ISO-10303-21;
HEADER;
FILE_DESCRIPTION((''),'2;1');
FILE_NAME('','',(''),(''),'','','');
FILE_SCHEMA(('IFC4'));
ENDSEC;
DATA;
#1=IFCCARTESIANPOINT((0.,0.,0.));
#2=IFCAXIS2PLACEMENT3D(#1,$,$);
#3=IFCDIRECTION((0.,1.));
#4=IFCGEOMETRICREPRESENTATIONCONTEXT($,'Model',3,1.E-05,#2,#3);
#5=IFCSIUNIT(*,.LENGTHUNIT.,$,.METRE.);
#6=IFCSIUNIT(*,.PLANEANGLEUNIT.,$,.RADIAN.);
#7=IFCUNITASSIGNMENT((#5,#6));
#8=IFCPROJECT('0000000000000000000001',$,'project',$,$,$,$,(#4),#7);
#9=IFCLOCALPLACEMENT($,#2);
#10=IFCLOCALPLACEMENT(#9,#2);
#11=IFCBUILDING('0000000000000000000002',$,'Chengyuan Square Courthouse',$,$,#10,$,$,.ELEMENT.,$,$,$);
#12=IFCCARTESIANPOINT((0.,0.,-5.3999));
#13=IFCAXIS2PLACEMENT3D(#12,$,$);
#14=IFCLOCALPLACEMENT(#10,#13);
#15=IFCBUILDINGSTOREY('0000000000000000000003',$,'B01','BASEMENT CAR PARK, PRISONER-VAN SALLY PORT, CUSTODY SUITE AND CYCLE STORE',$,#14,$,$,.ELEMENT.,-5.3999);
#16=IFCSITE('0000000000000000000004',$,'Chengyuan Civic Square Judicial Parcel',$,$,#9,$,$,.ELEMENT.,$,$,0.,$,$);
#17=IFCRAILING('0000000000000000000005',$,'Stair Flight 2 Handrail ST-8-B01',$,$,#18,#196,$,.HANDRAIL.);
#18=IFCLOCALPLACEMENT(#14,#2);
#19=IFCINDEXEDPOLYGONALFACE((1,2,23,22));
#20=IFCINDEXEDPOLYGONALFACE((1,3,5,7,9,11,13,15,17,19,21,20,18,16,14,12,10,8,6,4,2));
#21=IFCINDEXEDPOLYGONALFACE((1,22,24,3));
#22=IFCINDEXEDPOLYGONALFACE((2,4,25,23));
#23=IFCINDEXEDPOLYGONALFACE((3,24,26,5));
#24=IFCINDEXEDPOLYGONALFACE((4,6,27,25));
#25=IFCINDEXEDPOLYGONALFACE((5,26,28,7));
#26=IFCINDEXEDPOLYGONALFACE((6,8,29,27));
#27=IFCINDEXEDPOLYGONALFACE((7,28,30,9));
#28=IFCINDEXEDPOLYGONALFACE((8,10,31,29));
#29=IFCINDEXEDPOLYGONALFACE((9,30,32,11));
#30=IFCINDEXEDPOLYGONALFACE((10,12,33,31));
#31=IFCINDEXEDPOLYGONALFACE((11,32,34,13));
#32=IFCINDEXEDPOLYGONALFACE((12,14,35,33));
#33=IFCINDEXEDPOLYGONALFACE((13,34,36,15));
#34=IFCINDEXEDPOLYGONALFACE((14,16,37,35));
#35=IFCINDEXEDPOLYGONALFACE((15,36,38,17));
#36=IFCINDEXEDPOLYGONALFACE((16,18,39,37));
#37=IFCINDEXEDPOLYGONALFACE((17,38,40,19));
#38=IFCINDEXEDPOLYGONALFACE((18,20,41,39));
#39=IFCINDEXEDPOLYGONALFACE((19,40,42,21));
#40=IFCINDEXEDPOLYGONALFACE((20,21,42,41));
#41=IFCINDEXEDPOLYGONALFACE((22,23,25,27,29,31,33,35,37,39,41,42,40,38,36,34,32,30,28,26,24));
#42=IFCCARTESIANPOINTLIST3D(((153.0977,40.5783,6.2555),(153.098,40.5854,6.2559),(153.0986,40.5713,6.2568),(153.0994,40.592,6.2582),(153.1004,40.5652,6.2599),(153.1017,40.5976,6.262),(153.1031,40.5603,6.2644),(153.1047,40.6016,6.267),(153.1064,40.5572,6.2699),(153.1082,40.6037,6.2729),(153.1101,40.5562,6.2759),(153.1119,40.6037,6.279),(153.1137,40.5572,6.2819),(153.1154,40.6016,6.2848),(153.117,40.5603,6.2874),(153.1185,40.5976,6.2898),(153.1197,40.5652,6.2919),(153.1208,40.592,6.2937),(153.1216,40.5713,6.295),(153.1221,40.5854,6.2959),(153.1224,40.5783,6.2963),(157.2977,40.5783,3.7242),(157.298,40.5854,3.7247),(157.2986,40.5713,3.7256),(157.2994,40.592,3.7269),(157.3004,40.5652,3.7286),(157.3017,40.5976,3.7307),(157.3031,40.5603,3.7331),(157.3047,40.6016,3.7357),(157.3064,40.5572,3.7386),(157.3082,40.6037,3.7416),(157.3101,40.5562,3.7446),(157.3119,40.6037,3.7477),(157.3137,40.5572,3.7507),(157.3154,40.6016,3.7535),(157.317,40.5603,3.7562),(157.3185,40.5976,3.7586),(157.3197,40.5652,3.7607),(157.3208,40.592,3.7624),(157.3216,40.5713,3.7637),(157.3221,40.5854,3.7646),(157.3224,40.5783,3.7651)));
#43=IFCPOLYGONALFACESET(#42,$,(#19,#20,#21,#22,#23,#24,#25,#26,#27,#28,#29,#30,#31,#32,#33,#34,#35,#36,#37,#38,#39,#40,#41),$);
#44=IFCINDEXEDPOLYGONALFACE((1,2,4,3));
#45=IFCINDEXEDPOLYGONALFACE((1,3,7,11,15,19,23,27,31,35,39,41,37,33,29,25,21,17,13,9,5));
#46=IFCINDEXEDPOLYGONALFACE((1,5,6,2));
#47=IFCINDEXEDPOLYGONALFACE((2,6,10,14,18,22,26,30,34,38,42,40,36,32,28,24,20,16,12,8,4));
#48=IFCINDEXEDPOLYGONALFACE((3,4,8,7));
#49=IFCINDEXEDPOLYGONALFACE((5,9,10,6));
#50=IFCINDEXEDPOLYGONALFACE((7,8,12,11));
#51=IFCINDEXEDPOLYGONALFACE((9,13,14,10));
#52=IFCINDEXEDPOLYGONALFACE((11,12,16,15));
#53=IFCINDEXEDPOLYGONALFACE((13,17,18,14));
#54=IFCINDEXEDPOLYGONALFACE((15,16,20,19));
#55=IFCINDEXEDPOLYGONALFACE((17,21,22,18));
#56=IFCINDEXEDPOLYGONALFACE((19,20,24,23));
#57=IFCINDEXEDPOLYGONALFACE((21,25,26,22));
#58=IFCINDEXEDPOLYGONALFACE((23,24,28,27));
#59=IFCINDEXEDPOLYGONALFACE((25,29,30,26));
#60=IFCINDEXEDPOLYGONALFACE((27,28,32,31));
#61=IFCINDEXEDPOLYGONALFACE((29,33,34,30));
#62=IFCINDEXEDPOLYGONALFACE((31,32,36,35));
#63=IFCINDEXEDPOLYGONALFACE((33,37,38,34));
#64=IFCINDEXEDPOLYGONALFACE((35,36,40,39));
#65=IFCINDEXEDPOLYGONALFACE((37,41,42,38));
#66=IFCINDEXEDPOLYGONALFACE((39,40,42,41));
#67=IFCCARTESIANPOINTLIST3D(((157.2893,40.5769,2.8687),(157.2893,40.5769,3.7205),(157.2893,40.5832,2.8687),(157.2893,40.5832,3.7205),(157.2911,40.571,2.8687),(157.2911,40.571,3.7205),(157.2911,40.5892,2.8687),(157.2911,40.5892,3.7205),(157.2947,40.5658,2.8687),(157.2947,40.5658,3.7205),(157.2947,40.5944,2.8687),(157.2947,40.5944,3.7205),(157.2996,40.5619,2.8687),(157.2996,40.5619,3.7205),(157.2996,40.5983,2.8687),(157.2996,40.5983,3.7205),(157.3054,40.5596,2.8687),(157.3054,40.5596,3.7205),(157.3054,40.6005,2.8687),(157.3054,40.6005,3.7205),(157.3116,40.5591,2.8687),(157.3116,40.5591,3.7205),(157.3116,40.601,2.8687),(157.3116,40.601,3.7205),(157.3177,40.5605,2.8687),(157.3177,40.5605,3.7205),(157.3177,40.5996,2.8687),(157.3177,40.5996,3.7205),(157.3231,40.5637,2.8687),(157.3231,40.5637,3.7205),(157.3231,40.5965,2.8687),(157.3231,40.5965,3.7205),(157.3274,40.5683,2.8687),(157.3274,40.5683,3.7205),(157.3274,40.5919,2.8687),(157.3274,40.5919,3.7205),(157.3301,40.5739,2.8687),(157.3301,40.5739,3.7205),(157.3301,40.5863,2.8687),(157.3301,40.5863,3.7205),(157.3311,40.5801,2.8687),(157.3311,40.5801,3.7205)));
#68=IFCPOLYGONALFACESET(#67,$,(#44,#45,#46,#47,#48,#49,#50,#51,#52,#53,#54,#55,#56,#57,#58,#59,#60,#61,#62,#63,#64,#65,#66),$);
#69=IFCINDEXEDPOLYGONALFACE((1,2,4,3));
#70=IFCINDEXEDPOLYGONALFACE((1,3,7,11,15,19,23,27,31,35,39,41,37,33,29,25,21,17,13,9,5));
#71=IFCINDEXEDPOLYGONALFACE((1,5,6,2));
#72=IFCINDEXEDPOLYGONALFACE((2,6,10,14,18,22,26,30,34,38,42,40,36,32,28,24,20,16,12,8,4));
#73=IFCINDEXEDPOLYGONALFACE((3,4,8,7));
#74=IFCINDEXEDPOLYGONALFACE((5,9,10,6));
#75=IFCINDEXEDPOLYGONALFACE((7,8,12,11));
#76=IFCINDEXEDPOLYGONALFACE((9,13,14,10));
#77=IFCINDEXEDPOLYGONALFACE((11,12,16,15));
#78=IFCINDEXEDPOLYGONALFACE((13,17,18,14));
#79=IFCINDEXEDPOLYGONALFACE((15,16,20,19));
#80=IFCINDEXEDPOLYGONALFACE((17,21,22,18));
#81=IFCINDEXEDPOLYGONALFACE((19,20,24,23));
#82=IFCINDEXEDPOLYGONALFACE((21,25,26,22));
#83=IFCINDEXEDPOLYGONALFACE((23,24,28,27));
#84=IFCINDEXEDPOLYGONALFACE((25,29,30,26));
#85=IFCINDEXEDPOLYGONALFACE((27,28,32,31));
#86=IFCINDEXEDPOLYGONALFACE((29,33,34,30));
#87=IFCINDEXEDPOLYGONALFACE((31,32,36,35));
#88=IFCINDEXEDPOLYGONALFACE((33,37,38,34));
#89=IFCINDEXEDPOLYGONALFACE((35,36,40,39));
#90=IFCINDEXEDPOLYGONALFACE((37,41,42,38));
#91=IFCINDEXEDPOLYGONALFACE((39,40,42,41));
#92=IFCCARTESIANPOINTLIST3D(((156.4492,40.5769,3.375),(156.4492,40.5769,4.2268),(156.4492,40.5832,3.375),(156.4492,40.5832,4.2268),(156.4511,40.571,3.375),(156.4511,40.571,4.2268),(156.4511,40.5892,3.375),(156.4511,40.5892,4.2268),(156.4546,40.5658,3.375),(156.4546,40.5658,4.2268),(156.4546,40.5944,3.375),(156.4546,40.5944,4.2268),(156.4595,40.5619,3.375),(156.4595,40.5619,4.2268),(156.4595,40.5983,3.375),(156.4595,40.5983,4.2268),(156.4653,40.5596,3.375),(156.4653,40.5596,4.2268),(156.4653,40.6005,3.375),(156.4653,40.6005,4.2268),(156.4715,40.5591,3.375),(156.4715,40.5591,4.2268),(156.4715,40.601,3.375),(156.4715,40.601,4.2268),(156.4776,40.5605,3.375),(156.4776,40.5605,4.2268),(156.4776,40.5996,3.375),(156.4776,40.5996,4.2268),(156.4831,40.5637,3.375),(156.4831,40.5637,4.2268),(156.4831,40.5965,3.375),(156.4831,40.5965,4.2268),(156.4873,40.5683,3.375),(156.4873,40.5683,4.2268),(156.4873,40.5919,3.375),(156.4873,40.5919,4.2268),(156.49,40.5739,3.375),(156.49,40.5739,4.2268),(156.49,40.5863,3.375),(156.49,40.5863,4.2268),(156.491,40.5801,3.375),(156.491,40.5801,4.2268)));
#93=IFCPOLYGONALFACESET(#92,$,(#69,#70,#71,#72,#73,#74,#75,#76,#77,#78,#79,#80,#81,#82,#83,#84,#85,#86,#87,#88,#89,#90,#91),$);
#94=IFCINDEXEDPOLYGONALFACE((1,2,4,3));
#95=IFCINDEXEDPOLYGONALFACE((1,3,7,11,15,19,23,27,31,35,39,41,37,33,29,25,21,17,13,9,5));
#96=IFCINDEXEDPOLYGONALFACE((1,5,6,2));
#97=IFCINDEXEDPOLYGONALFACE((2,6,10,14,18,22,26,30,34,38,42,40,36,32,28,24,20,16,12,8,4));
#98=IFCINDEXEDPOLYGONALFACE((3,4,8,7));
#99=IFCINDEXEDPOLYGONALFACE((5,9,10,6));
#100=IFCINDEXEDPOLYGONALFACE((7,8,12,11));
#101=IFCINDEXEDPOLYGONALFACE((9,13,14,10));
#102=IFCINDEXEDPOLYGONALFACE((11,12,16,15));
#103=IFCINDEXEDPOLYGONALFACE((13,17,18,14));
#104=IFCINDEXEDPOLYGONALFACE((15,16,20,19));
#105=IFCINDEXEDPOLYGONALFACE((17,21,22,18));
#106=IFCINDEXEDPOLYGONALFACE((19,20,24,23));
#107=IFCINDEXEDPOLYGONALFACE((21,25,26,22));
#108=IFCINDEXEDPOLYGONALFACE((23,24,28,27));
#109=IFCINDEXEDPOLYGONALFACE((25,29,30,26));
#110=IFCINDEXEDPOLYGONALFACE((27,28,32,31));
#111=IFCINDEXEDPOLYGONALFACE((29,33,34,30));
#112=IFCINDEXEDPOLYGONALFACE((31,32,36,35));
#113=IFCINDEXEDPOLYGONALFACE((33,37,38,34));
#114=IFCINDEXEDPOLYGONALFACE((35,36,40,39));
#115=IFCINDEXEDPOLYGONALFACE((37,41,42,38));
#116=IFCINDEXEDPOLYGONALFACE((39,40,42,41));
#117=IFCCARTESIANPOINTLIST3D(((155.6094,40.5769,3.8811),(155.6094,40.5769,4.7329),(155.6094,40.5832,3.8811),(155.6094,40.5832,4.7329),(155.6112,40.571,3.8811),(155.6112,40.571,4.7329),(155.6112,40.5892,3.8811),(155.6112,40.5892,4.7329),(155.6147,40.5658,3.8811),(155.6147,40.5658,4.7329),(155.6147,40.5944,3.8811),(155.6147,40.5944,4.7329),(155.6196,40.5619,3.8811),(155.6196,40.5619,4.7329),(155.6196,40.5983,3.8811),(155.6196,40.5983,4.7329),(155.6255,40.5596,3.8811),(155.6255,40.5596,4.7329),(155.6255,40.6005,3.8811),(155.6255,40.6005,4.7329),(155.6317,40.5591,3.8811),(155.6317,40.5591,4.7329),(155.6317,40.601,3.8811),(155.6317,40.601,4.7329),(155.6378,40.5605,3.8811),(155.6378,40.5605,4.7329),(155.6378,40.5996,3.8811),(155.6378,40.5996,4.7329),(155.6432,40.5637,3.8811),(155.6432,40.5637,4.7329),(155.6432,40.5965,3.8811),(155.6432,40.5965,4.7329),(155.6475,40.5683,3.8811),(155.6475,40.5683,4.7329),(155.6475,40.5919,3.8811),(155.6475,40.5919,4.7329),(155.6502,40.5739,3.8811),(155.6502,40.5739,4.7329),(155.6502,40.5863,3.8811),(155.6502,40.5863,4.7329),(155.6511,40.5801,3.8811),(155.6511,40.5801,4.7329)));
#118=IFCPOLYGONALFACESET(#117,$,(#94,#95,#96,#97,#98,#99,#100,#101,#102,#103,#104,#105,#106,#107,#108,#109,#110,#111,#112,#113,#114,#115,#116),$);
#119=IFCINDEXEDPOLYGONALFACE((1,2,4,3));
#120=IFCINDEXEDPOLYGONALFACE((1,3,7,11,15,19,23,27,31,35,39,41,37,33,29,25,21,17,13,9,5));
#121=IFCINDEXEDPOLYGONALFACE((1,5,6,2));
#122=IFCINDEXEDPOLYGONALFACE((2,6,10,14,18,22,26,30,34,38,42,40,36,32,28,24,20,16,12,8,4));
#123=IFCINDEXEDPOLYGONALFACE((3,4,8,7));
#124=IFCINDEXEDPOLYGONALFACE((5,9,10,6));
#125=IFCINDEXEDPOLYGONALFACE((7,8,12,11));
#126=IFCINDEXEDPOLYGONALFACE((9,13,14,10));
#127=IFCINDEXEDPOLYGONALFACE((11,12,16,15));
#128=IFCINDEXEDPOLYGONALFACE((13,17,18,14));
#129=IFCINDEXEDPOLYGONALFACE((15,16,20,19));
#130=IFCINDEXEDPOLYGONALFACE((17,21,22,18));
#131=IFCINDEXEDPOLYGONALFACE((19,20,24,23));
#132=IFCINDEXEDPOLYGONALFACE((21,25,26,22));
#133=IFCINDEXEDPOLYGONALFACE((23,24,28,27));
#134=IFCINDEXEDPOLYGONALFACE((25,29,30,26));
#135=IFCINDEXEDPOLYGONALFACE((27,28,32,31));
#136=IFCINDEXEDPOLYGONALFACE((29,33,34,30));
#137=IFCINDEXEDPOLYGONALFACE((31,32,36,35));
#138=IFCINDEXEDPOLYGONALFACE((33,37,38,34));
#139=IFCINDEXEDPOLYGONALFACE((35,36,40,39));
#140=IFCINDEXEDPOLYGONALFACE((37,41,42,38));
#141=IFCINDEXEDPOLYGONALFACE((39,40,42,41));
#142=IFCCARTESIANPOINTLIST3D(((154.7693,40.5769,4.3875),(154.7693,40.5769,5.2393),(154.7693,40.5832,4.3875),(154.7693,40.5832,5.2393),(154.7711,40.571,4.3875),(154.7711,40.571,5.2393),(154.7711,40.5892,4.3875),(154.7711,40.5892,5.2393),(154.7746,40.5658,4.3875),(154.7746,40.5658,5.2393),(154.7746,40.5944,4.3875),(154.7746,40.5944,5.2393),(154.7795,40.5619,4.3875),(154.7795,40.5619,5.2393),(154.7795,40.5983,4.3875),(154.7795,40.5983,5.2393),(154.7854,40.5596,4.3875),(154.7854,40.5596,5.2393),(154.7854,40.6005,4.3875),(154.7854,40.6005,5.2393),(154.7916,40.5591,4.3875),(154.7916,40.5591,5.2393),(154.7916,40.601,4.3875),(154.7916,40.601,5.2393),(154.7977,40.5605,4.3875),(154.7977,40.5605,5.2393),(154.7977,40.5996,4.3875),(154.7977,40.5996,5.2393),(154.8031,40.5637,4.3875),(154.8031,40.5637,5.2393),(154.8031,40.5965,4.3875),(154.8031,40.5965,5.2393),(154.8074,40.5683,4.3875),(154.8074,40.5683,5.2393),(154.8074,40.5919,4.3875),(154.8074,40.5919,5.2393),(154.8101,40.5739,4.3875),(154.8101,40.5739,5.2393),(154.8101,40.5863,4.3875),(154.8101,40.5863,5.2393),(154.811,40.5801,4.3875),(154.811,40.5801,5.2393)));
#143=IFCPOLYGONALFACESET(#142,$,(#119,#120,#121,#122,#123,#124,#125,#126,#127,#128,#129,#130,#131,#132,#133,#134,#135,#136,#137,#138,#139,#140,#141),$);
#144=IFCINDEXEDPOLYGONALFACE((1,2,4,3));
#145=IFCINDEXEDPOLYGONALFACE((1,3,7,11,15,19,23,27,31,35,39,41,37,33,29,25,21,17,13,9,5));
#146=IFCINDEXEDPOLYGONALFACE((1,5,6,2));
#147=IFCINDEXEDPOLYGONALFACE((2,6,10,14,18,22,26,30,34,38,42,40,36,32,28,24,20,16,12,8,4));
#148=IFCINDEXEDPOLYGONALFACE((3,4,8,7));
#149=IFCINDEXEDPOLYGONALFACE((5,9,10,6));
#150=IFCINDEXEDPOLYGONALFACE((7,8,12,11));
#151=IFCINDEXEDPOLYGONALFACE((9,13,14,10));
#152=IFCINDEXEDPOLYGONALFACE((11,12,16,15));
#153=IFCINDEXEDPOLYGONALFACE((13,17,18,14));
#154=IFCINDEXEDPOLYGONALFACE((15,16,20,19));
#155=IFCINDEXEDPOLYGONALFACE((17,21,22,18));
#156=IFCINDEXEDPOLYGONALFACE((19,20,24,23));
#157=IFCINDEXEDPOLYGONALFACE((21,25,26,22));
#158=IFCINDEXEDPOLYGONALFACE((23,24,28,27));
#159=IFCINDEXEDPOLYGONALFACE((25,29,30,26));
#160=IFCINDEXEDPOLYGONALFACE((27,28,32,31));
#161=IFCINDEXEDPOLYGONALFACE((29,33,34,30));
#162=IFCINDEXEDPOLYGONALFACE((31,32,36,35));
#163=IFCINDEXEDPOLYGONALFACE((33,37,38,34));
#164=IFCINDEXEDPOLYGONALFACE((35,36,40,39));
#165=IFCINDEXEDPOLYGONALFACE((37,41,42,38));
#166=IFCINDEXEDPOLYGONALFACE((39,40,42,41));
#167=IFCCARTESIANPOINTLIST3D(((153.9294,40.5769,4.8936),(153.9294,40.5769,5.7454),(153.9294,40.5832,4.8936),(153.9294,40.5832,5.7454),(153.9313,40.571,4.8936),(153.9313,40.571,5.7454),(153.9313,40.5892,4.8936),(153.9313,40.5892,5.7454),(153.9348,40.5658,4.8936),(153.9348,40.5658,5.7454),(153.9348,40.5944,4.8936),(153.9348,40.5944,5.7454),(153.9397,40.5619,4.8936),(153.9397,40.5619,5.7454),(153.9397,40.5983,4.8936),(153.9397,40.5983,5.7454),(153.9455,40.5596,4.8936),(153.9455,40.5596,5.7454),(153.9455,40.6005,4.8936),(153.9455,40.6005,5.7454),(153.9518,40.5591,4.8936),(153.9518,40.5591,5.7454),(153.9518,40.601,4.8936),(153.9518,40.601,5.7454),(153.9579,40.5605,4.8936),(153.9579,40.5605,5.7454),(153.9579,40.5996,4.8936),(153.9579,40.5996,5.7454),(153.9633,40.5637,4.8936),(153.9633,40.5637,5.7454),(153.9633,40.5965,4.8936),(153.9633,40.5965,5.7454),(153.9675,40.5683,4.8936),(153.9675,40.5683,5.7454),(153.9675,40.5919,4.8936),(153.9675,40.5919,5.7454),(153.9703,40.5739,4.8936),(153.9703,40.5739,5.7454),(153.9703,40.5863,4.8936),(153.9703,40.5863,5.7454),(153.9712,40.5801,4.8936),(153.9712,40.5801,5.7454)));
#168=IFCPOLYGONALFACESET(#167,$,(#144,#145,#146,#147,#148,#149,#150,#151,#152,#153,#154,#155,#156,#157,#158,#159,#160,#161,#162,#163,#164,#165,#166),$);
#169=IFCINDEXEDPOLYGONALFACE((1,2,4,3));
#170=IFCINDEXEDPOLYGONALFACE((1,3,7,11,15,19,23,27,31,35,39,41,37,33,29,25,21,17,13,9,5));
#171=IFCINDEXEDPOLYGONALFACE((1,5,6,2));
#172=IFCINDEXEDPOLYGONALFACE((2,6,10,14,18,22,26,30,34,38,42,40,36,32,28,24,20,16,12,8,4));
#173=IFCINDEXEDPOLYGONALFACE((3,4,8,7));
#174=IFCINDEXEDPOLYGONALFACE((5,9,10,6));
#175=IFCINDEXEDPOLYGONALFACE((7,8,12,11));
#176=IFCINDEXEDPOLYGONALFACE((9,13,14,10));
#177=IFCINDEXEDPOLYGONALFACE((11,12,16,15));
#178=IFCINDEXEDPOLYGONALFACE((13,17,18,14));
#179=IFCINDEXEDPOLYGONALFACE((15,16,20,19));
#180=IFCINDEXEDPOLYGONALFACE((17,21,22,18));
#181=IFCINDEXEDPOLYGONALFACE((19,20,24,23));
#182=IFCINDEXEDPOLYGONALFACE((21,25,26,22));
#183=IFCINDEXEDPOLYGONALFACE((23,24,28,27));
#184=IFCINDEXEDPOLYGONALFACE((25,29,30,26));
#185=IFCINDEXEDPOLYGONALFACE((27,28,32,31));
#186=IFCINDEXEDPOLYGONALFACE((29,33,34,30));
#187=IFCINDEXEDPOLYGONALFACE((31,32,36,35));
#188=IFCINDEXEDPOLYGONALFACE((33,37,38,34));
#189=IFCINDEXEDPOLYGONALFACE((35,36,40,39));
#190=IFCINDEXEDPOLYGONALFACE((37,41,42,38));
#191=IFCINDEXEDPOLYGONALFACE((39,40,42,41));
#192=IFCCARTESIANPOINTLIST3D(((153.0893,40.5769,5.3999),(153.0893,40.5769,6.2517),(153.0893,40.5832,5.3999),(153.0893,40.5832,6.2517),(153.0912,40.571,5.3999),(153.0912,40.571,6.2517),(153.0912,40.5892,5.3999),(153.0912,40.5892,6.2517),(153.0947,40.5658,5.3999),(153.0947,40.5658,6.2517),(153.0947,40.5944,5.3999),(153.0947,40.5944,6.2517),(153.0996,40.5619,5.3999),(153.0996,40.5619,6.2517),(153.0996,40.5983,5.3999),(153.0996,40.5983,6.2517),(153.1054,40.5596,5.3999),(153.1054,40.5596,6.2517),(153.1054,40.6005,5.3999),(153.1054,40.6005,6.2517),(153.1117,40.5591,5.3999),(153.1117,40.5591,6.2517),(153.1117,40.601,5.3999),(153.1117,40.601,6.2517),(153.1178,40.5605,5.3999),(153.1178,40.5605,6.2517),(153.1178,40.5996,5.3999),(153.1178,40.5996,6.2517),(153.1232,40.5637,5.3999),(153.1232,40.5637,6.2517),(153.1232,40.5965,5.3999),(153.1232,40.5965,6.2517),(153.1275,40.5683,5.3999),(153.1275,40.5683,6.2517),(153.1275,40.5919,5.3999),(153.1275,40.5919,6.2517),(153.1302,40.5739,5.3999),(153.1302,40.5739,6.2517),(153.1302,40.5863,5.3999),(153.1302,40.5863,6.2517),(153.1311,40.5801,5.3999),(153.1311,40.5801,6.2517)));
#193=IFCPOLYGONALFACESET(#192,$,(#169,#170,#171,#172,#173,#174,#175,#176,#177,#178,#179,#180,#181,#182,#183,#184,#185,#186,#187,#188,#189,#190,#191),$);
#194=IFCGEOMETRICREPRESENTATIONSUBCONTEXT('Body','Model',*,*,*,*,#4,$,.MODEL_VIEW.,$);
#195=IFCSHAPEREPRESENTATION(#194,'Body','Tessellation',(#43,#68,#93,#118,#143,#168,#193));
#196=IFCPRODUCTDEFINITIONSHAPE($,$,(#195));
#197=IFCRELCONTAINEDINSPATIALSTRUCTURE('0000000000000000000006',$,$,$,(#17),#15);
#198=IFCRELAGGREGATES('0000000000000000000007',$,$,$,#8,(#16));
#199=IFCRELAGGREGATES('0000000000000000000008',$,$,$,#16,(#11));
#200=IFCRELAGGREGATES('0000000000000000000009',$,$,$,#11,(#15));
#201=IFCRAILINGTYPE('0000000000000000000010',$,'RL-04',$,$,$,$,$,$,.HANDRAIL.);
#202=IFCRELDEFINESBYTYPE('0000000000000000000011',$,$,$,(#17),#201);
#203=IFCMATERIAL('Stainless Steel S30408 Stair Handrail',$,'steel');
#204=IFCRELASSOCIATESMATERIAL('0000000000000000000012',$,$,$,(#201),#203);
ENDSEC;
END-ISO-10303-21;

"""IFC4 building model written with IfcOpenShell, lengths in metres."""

from ifc_helpers import new_model, si_unit, direction, frame, origin, origin_2d, place, context, subcontext, project, spatial, circle, extrude, material, type_object, element, save


model = new_model("IFC4")

# Units and contexts
model_context = context("Model", 3, precision=1e-05, world=origin(), true_north=direction((0.0, 1.0)))
body_context = subcontext(model_context, "Body", "Model", "MODEL_VIEW")
ifc_project = project(units=[si_unit("LENGTHUNIT", "METRE"), si_unit("PLANEANGLEUNIT", "RADIAN")], contexts=[model_context])

# Site, building, storey
site_placement = place(None, origin())
site = spatial("IfcSite", under=ifc_project, at=site_placement, Name="Chengyuan Civic Square Judicial Parcel", CompositionType="ELEMENT", RefElevation=0.0)
building_placement = place(site_placement, origin())
building = spatial("IfcBuilding", under=site, at=building_placement, Name="Chengyuan Square Courthouse", CompositionType="ELEMENT")
storey_placement = place(building_placement, frame((0.0, 0.0, -5.3999)))
storey = spatial("IfcBuildingStorey", under=building, at=storey_placement, Name="B01", Description="BASEMENT CAR PARK, PRISONER-VAN SALLY PORT, CUSTODY SUITE AND CYCLE STORE", CompositionType="ELEMENT", Elevation=-5.3999)

# Railing
ifc_material_1 = material(Name="Stainless Steel S30408 Stair Handrail", Category="steel")
railing_type_1 = type_object("IfcRailingType", Name="RL-04", PredefinedType="HANDRAIL", material=ifc_material_1)
railing_1_placement = place(storey_placement, frame((157.3101, 40.5801, 2.8687)))
element("IfcRailing", 1, at=railing_1_placement, inside=storey, type_object=railing_type_1, Name="Stair Flight 2 Handrail ST-8-B01", PredefinedType="HANDRAIL", context=body_context, shape_type="SweptSolid", body=[
    extrude(circle(Radius=0.0239, at=origin_2d()), frame((0.0, 0.0, 0.876), z_axis=(-0.856476, 0.0, 0.516186), x_axis=(0.0, -1.0, 0.0)), (0.0, 0.0, 1.0), 4.9038),
    extrude(circle(Radius=0.021, at=origin_2d()), origin(), (0.0, 0.0, 1.0), 0.8518),
    extrude(circle(Radius=0.021, at=origin_2d()), frame((-0.8401, 0.0, 0.5063)), (0.0, 0.0, 1.0), 0.8518),
    extrude(circle(Radius=0.021, at=origin_2d()), frame((-1.6799, 0.0, 1.0125)), (0.0, 0.0, 1.0), 0.8518),
    extrude(circle(Radius=0.021, at=origin_2d()), frame((-2.52, 0.0, 1.5188)), (0.0, 0.0, 1.0), 0.8518),
    extrude(circle(Radius=0.021, at=origin_2d()), frame((-3.3599, 0.0, 2.0249)), (0.0, 0.0, 1.0), 0.8518),
    extrude(circle(Radius=0.021, at=origin_2d()), frame((-4.2, 0.0, 2.5312)), (0.0, 0.0, 1.0), 0.8518),
])

save(model, "model.ifc")
